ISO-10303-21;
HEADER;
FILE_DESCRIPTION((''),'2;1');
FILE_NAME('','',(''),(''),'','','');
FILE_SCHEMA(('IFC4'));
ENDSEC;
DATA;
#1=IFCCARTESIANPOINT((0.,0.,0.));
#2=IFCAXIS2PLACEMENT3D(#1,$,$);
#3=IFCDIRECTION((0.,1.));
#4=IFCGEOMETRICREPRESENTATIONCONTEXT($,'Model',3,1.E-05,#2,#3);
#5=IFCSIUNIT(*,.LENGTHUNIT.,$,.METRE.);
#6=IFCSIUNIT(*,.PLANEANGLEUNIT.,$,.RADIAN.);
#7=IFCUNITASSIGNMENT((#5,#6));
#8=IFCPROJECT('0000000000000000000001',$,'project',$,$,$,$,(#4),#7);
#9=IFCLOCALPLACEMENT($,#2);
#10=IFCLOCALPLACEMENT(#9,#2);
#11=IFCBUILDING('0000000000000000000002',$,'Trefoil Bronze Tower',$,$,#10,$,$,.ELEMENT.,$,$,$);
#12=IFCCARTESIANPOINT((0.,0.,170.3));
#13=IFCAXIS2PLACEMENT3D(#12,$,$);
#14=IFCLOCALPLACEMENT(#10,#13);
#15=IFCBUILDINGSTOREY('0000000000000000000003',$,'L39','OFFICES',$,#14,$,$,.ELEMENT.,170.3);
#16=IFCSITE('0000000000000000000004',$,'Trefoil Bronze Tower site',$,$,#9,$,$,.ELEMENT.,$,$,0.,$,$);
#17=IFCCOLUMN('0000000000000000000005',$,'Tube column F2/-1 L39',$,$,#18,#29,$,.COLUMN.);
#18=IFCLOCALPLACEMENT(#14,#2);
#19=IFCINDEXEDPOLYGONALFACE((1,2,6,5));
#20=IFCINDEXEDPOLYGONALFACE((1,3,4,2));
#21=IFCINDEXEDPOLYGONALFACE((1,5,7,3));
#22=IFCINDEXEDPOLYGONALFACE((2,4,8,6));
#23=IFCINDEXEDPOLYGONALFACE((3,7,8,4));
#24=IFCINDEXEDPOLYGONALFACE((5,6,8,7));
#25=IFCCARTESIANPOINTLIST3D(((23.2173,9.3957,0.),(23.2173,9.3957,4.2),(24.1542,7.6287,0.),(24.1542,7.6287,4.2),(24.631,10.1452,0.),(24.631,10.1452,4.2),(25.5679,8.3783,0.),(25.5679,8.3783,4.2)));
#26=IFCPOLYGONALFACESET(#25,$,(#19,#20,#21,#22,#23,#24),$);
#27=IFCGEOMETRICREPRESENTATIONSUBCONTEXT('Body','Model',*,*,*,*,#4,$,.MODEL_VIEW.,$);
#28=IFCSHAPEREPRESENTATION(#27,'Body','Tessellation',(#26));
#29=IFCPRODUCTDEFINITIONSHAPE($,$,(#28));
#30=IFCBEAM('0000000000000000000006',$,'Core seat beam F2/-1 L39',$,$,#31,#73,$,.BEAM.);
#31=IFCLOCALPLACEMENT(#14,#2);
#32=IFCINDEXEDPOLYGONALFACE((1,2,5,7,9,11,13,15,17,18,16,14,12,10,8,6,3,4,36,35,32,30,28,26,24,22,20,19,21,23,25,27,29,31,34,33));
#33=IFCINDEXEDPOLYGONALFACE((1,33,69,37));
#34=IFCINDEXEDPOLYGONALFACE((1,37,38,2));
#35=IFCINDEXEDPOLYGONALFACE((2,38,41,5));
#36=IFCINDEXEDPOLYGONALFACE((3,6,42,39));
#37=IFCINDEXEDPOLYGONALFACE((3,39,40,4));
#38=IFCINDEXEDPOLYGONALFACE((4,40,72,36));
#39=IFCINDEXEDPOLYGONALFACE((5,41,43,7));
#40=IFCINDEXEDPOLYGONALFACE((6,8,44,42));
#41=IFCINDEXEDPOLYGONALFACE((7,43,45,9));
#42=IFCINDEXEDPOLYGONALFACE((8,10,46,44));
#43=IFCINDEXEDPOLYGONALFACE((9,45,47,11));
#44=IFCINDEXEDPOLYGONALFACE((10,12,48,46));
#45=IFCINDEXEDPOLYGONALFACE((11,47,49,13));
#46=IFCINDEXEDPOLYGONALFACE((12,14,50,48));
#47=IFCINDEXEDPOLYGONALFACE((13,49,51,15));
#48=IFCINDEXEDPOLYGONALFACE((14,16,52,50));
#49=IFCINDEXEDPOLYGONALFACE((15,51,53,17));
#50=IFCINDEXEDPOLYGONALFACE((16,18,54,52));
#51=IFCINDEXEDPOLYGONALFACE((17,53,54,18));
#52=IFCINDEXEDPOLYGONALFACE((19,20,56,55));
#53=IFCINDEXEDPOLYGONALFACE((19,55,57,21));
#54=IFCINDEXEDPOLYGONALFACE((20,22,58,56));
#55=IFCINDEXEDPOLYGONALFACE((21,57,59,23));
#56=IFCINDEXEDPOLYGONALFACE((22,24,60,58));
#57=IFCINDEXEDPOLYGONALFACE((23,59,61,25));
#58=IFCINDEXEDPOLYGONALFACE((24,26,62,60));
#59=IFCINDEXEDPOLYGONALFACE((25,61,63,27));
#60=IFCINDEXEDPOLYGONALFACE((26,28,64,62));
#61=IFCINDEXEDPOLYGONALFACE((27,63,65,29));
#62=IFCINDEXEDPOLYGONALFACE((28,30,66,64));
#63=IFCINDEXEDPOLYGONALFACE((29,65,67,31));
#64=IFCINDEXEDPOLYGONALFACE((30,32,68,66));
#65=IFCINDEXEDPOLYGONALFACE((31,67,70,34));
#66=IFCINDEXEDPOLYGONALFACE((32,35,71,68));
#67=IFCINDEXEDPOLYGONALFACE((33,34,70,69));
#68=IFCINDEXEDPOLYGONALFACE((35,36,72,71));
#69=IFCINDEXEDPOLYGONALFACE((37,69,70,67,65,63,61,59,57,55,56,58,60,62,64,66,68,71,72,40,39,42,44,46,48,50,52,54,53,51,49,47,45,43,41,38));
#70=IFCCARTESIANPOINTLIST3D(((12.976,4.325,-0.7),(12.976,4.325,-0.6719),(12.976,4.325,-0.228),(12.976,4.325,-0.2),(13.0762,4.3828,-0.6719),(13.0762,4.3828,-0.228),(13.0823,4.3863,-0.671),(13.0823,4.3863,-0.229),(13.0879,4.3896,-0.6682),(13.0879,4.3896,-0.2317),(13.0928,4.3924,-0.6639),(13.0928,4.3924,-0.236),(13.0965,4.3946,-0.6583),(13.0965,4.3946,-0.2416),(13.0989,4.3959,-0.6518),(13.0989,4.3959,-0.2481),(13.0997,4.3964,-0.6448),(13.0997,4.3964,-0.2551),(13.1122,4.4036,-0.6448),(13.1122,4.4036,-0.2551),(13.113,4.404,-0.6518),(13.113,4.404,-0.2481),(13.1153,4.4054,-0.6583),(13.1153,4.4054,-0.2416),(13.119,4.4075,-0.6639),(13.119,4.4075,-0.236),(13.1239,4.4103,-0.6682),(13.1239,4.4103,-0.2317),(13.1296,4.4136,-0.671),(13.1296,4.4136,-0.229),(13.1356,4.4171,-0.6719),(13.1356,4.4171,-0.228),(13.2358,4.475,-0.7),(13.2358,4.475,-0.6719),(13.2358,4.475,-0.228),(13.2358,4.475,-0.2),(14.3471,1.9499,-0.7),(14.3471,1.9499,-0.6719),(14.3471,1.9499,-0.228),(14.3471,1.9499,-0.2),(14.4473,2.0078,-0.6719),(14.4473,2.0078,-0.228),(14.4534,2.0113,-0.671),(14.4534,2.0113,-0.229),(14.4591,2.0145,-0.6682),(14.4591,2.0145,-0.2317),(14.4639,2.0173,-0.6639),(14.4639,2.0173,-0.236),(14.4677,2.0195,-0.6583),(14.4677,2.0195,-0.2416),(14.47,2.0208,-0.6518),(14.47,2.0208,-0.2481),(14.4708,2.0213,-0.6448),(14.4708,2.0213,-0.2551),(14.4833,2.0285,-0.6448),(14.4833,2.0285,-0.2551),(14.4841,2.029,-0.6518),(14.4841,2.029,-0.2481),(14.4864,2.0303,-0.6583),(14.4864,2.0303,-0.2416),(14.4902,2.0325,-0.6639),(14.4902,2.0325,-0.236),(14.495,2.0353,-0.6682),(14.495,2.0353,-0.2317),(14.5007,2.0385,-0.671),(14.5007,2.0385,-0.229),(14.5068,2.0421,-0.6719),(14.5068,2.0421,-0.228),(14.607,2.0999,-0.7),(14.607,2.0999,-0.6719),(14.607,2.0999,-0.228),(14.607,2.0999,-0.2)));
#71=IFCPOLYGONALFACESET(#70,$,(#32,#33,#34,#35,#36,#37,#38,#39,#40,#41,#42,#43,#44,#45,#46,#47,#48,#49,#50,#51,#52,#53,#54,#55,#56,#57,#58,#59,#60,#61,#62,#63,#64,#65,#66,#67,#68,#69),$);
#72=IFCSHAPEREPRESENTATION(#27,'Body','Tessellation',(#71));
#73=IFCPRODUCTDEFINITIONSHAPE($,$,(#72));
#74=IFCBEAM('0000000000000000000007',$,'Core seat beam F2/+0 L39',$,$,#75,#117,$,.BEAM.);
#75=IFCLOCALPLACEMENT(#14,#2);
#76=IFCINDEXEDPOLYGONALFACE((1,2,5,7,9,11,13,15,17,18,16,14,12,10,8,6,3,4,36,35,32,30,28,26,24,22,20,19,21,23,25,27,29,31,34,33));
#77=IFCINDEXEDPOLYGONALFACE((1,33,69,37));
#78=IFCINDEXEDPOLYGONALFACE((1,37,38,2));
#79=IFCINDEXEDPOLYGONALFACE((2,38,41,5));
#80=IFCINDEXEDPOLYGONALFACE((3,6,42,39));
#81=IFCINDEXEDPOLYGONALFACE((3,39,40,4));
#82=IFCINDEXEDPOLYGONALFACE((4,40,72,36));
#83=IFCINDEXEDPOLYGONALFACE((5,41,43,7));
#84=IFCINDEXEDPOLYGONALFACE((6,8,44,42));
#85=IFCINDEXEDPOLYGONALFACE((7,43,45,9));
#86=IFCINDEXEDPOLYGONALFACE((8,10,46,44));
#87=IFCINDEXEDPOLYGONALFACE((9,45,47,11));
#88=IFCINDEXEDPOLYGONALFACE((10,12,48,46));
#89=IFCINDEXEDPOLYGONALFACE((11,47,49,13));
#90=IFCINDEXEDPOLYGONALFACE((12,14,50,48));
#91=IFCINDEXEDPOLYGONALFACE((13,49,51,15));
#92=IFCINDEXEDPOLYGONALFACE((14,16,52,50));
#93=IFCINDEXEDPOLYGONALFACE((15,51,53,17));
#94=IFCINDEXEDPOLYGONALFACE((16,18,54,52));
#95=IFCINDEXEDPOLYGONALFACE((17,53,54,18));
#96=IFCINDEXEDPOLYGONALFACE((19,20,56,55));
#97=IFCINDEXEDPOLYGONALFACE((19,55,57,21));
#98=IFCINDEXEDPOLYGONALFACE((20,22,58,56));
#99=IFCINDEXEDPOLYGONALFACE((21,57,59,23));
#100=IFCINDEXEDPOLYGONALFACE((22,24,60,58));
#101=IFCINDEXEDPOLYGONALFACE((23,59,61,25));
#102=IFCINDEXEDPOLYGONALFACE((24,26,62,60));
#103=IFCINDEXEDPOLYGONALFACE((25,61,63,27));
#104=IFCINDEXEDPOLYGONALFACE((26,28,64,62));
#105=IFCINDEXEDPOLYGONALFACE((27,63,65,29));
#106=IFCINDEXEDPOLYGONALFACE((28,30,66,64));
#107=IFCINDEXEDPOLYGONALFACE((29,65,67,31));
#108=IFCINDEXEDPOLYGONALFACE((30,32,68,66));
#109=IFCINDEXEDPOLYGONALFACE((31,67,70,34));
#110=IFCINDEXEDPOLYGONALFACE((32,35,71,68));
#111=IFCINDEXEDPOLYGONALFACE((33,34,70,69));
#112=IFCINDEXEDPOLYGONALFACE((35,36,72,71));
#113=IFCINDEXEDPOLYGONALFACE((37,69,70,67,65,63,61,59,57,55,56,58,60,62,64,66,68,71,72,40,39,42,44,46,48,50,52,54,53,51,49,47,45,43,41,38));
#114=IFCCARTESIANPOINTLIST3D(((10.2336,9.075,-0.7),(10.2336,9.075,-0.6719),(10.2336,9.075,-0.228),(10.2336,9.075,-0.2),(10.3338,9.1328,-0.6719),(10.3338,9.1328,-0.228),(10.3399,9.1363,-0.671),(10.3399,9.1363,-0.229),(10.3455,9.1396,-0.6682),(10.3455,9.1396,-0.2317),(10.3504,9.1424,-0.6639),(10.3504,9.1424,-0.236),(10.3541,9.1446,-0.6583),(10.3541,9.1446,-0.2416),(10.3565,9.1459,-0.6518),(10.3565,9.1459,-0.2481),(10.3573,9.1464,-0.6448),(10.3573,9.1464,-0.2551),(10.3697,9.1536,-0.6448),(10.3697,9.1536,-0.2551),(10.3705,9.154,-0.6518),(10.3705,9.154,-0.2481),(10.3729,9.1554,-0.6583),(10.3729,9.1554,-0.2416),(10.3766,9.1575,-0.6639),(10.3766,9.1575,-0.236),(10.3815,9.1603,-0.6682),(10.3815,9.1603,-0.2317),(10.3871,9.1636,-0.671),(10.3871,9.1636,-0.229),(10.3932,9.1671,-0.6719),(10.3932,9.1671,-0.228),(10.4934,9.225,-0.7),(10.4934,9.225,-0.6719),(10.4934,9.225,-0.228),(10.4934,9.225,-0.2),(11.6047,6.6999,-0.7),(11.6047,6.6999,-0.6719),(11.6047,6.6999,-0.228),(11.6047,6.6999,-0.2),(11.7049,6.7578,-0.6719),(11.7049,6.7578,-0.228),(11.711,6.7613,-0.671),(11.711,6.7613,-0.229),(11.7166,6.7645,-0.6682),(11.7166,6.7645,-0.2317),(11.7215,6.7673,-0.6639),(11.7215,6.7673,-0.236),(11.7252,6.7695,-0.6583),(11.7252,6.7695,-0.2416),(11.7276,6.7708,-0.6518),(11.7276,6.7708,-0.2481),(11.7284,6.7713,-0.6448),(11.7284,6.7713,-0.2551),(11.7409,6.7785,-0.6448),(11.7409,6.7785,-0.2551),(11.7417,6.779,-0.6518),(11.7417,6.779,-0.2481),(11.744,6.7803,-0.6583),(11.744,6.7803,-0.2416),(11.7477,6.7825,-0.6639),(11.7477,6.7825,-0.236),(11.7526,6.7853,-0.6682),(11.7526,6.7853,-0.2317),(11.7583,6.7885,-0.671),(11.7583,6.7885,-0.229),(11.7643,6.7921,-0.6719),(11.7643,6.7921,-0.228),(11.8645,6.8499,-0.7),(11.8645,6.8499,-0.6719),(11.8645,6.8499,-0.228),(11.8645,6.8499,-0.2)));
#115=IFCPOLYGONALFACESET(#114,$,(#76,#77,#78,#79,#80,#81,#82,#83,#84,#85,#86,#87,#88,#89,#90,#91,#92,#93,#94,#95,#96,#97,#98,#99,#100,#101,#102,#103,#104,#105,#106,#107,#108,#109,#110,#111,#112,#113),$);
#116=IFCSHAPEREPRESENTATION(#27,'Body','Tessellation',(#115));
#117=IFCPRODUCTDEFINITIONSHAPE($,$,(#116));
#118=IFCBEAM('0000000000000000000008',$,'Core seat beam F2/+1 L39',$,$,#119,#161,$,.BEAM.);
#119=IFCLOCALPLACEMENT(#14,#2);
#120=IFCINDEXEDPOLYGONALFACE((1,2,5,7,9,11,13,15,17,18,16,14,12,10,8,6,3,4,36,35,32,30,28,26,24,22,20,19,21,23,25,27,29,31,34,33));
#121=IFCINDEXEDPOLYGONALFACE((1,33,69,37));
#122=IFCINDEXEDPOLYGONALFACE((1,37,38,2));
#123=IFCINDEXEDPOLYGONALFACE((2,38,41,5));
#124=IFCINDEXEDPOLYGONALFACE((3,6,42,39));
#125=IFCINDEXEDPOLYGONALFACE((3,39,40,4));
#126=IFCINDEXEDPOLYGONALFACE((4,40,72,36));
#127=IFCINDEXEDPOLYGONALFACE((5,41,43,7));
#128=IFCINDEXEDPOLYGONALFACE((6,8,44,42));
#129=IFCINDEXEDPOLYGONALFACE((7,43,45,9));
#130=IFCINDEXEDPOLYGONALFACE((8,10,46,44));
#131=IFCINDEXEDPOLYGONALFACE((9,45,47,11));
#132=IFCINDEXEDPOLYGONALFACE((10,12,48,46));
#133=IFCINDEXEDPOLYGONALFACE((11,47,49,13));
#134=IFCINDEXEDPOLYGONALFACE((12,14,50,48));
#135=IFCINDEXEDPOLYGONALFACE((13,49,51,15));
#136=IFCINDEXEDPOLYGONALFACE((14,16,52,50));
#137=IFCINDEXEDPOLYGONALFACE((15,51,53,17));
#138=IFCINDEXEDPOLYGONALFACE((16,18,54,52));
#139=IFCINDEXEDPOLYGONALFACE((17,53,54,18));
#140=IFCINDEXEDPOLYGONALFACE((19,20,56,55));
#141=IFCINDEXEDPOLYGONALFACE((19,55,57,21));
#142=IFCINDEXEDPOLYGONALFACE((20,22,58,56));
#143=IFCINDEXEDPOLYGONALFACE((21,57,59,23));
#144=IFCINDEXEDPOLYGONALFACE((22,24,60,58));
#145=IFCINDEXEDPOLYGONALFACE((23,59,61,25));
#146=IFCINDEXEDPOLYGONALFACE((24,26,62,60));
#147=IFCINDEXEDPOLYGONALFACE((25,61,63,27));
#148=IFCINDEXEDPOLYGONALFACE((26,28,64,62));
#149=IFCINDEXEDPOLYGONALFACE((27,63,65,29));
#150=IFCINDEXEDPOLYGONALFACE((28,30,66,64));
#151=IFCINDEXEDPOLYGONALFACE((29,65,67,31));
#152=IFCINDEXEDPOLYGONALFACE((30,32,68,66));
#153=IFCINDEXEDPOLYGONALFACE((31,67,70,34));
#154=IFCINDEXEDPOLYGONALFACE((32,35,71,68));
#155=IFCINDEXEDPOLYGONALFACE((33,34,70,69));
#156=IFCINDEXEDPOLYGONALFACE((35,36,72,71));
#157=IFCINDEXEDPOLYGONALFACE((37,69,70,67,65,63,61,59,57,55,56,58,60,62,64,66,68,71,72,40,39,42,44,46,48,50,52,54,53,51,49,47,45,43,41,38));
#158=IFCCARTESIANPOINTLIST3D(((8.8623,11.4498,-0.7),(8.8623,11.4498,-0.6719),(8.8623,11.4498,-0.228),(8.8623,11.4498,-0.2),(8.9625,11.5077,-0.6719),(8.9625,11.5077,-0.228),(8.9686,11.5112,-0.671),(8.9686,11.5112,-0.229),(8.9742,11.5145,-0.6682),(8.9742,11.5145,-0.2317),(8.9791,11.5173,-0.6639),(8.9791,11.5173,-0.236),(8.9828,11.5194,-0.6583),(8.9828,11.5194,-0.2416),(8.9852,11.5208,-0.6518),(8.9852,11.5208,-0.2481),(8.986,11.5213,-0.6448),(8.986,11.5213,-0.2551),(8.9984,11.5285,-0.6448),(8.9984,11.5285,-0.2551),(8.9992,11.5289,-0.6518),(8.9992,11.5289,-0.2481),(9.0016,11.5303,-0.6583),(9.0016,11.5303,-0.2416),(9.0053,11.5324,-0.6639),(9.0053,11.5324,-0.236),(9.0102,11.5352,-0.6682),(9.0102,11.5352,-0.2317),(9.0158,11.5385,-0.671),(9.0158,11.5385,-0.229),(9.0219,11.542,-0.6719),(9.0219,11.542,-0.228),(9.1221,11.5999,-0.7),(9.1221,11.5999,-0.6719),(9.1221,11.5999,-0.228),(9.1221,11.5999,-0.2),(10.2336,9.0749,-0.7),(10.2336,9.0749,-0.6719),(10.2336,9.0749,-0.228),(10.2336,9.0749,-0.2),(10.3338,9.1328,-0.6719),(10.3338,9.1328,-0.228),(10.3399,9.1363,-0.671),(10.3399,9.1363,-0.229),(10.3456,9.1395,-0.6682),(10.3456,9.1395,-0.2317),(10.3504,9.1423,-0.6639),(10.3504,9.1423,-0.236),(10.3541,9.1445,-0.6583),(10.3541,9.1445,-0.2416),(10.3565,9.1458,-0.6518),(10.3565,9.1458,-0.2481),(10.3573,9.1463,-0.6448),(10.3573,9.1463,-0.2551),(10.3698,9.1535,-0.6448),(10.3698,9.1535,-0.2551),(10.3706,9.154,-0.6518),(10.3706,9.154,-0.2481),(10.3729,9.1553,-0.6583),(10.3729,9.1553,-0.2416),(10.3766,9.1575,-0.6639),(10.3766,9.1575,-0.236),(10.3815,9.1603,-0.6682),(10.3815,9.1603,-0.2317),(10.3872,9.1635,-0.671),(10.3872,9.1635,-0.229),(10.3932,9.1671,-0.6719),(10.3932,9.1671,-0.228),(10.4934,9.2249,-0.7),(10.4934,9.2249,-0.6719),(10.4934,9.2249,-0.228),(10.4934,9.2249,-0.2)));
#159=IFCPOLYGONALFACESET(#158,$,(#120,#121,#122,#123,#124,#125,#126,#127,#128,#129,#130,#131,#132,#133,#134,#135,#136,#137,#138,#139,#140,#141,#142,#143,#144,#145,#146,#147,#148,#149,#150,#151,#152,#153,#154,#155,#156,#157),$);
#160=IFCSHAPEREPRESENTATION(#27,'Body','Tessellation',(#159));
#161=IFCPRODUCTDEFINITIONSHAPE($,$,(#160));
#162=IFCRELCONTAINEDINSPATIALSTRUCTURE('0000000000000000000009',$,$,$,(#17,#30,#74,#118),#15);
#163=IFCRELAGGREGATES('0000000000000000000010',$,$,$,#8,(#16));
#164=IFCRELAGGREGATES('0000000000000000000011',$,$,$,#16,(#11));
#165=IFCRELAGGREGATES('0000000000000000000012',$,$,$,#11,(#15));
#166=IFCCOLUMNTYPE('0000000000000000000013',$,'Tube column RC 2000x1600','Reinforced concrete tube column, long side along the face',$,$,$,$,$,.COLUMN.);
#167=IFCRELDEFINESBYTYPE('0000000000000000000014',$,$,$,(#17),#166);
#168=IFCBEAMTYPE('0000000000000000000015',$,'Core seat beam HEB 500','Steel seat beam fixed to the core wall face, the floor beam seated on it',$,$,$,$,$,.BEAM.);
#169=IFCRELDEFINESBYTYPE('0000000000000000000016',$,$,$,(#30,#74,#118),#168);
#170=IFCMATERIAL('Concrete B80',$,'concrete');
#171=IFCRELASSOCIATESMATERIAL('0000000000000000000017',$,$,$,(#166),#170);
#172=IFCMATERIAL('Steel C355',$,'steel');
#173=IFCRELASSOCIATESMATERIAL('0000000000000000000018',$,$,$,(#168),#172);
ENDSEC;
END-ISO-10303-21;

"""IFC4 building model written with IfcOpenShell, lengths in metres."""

from ifc_helpers import new_model, si_unit, direction, frame, origin, origin_2d, place, context, subcontext, project, spatial, rectangle, i_section, extrude, material, material_profile, profile_set, type_object, element, save


model = new_model("IFC4")

# Units and contexts
model_context = context("Model", 3, precision=1e-05, world=origin(), true_north=direction((0.0, 1.0)))
body_context = subcontext(model_context, "Body", "Model", "MODEL_VIEW")
ifc_project = project(units=[si_unit("LENGTHUNIT", "METRE"), si_unit("PLANEANGLEUNIT", "RADIAN")], contexts=[model_context])

# Site, building, storey
site_placement = place(None, origin())
site = spatial("IfcSite", under=ifc_project, at=site_placement, Name="Trefoil Bronze Tower site", CompositionType="ELEMENT", RefElevation=0.0)
building_placement = place(site_placement, origin())
building = spatial("IfcBuilding", under=site, at=building_placement, Name="Trefoil Bronze Tower", CompositionType="ELEMENT")
storey_placement = place(building_placement, frame((0.0, 0.0, 170.3)))
storey = spatial("IfcBuildingStorey", under=building, at=storey_placement, Name="L39", Description="OFFICES", CompositionType="ELEMENT", Elevation=170.3)

# Column
ifc_material_1 = material(Name="Concrete B80", Category="concrete")
ifc_material_profile_1 = material_profile(ifc_material_1, rectangle(XDim=2.0, YDim=1.6001, at=origin_2d()), Name="RC 2000x1600")
ifc_profile_set_1 = profile_set([ifc_material_profile_1], Name="Concrete B80")
column_type = type_object("IfcColumnType", Name="Tube column RC 2000x1600", Description="Reinforced concrete tube column, long side along the face", PredefinedType="COLUMN", material=ifc_profile_set_1)
column_placement = place(storey_placement, frame((24.3926, 8.887, 0.0), z_axis=(0.0, 0.0, 1.0), x_axis=(-0.468457, 0.883486, 0.0)))
element("IfcColumn", 1, at=column_placement, inside=storey, type_object=column_type, Name="Tube column F2/-1 L39", PredefinedType="COLUMN", context=body_context, shape_type="SweptSolid", body=[
    extrude(rectangle(XDim=2.0, YDim=1.6001, at=origin_2d()), origin(), (0.0, 0.0, 1.0), 4.2),
])

# Beams
ifc_material_2 = material(Name="Steel C355", Category="steel")
ifc_material_profile_2 = material_profile(ifc_material_2, i_section(OverallWidth=0.3, OverallDepth=0.5, WebThickness=0.0144, FlangeThickness=0.0281, FilletRadius=0.0271, at=origin_2d()), Name="HEB 500")
ifc_profile_set_2 = profile_set([ifc_material_profile_2], Name="Steel C355")
beam_type_1 = type_object("IfcBeamType", Name="Core seat beam HEB 500", Description="Steel seat beam fixed to the core wall face, the floor beam seated on it", PredefinedType="BEAM", material=ifc_profile_set_2)
for number, where, z_axis, x_axis, name in (
    (2, (14.4771, 2.0249, -0.45), (-0.499969, 0.866043, 0.0), (-0.866043, -0.499969, 0.0), "Core seat beam F2/-1 L39"),
    (3, (11.7346, 6.7749, -0.45), (-0.499969, 0.866043, 0.0), (-0.866043, -0.499969, 0.0), "Core seat beam F2/+0 L39"),
    (4, (10.3635, 9.1499, -0.45), (-0.500036, 0.866005, 0.0), (-0.866005, -0.500036, 0.0), "Core seat beam F2/+1 L39"),
):
    element("IfcBeam", number, at=place(storey_placement, frame(where, z_axis=z_axis, x_axis=x_axis)), inside=storey, type_object=beam_type_1, Name=name, PredefinedType="BEAM", context=body_context, shape_type="SweptSolid", body=[
        extrude(i_section(OverallWidth=0.3, OverallDepth=0.5, WebThickness=0.0144, FlangeThickness=0.0281, FilletRadius=0.0271, at=origin_2d()), origin(), (0.0, 0.0, 1.0), 2.7424),
    ])

save(model, "model.ifc")
